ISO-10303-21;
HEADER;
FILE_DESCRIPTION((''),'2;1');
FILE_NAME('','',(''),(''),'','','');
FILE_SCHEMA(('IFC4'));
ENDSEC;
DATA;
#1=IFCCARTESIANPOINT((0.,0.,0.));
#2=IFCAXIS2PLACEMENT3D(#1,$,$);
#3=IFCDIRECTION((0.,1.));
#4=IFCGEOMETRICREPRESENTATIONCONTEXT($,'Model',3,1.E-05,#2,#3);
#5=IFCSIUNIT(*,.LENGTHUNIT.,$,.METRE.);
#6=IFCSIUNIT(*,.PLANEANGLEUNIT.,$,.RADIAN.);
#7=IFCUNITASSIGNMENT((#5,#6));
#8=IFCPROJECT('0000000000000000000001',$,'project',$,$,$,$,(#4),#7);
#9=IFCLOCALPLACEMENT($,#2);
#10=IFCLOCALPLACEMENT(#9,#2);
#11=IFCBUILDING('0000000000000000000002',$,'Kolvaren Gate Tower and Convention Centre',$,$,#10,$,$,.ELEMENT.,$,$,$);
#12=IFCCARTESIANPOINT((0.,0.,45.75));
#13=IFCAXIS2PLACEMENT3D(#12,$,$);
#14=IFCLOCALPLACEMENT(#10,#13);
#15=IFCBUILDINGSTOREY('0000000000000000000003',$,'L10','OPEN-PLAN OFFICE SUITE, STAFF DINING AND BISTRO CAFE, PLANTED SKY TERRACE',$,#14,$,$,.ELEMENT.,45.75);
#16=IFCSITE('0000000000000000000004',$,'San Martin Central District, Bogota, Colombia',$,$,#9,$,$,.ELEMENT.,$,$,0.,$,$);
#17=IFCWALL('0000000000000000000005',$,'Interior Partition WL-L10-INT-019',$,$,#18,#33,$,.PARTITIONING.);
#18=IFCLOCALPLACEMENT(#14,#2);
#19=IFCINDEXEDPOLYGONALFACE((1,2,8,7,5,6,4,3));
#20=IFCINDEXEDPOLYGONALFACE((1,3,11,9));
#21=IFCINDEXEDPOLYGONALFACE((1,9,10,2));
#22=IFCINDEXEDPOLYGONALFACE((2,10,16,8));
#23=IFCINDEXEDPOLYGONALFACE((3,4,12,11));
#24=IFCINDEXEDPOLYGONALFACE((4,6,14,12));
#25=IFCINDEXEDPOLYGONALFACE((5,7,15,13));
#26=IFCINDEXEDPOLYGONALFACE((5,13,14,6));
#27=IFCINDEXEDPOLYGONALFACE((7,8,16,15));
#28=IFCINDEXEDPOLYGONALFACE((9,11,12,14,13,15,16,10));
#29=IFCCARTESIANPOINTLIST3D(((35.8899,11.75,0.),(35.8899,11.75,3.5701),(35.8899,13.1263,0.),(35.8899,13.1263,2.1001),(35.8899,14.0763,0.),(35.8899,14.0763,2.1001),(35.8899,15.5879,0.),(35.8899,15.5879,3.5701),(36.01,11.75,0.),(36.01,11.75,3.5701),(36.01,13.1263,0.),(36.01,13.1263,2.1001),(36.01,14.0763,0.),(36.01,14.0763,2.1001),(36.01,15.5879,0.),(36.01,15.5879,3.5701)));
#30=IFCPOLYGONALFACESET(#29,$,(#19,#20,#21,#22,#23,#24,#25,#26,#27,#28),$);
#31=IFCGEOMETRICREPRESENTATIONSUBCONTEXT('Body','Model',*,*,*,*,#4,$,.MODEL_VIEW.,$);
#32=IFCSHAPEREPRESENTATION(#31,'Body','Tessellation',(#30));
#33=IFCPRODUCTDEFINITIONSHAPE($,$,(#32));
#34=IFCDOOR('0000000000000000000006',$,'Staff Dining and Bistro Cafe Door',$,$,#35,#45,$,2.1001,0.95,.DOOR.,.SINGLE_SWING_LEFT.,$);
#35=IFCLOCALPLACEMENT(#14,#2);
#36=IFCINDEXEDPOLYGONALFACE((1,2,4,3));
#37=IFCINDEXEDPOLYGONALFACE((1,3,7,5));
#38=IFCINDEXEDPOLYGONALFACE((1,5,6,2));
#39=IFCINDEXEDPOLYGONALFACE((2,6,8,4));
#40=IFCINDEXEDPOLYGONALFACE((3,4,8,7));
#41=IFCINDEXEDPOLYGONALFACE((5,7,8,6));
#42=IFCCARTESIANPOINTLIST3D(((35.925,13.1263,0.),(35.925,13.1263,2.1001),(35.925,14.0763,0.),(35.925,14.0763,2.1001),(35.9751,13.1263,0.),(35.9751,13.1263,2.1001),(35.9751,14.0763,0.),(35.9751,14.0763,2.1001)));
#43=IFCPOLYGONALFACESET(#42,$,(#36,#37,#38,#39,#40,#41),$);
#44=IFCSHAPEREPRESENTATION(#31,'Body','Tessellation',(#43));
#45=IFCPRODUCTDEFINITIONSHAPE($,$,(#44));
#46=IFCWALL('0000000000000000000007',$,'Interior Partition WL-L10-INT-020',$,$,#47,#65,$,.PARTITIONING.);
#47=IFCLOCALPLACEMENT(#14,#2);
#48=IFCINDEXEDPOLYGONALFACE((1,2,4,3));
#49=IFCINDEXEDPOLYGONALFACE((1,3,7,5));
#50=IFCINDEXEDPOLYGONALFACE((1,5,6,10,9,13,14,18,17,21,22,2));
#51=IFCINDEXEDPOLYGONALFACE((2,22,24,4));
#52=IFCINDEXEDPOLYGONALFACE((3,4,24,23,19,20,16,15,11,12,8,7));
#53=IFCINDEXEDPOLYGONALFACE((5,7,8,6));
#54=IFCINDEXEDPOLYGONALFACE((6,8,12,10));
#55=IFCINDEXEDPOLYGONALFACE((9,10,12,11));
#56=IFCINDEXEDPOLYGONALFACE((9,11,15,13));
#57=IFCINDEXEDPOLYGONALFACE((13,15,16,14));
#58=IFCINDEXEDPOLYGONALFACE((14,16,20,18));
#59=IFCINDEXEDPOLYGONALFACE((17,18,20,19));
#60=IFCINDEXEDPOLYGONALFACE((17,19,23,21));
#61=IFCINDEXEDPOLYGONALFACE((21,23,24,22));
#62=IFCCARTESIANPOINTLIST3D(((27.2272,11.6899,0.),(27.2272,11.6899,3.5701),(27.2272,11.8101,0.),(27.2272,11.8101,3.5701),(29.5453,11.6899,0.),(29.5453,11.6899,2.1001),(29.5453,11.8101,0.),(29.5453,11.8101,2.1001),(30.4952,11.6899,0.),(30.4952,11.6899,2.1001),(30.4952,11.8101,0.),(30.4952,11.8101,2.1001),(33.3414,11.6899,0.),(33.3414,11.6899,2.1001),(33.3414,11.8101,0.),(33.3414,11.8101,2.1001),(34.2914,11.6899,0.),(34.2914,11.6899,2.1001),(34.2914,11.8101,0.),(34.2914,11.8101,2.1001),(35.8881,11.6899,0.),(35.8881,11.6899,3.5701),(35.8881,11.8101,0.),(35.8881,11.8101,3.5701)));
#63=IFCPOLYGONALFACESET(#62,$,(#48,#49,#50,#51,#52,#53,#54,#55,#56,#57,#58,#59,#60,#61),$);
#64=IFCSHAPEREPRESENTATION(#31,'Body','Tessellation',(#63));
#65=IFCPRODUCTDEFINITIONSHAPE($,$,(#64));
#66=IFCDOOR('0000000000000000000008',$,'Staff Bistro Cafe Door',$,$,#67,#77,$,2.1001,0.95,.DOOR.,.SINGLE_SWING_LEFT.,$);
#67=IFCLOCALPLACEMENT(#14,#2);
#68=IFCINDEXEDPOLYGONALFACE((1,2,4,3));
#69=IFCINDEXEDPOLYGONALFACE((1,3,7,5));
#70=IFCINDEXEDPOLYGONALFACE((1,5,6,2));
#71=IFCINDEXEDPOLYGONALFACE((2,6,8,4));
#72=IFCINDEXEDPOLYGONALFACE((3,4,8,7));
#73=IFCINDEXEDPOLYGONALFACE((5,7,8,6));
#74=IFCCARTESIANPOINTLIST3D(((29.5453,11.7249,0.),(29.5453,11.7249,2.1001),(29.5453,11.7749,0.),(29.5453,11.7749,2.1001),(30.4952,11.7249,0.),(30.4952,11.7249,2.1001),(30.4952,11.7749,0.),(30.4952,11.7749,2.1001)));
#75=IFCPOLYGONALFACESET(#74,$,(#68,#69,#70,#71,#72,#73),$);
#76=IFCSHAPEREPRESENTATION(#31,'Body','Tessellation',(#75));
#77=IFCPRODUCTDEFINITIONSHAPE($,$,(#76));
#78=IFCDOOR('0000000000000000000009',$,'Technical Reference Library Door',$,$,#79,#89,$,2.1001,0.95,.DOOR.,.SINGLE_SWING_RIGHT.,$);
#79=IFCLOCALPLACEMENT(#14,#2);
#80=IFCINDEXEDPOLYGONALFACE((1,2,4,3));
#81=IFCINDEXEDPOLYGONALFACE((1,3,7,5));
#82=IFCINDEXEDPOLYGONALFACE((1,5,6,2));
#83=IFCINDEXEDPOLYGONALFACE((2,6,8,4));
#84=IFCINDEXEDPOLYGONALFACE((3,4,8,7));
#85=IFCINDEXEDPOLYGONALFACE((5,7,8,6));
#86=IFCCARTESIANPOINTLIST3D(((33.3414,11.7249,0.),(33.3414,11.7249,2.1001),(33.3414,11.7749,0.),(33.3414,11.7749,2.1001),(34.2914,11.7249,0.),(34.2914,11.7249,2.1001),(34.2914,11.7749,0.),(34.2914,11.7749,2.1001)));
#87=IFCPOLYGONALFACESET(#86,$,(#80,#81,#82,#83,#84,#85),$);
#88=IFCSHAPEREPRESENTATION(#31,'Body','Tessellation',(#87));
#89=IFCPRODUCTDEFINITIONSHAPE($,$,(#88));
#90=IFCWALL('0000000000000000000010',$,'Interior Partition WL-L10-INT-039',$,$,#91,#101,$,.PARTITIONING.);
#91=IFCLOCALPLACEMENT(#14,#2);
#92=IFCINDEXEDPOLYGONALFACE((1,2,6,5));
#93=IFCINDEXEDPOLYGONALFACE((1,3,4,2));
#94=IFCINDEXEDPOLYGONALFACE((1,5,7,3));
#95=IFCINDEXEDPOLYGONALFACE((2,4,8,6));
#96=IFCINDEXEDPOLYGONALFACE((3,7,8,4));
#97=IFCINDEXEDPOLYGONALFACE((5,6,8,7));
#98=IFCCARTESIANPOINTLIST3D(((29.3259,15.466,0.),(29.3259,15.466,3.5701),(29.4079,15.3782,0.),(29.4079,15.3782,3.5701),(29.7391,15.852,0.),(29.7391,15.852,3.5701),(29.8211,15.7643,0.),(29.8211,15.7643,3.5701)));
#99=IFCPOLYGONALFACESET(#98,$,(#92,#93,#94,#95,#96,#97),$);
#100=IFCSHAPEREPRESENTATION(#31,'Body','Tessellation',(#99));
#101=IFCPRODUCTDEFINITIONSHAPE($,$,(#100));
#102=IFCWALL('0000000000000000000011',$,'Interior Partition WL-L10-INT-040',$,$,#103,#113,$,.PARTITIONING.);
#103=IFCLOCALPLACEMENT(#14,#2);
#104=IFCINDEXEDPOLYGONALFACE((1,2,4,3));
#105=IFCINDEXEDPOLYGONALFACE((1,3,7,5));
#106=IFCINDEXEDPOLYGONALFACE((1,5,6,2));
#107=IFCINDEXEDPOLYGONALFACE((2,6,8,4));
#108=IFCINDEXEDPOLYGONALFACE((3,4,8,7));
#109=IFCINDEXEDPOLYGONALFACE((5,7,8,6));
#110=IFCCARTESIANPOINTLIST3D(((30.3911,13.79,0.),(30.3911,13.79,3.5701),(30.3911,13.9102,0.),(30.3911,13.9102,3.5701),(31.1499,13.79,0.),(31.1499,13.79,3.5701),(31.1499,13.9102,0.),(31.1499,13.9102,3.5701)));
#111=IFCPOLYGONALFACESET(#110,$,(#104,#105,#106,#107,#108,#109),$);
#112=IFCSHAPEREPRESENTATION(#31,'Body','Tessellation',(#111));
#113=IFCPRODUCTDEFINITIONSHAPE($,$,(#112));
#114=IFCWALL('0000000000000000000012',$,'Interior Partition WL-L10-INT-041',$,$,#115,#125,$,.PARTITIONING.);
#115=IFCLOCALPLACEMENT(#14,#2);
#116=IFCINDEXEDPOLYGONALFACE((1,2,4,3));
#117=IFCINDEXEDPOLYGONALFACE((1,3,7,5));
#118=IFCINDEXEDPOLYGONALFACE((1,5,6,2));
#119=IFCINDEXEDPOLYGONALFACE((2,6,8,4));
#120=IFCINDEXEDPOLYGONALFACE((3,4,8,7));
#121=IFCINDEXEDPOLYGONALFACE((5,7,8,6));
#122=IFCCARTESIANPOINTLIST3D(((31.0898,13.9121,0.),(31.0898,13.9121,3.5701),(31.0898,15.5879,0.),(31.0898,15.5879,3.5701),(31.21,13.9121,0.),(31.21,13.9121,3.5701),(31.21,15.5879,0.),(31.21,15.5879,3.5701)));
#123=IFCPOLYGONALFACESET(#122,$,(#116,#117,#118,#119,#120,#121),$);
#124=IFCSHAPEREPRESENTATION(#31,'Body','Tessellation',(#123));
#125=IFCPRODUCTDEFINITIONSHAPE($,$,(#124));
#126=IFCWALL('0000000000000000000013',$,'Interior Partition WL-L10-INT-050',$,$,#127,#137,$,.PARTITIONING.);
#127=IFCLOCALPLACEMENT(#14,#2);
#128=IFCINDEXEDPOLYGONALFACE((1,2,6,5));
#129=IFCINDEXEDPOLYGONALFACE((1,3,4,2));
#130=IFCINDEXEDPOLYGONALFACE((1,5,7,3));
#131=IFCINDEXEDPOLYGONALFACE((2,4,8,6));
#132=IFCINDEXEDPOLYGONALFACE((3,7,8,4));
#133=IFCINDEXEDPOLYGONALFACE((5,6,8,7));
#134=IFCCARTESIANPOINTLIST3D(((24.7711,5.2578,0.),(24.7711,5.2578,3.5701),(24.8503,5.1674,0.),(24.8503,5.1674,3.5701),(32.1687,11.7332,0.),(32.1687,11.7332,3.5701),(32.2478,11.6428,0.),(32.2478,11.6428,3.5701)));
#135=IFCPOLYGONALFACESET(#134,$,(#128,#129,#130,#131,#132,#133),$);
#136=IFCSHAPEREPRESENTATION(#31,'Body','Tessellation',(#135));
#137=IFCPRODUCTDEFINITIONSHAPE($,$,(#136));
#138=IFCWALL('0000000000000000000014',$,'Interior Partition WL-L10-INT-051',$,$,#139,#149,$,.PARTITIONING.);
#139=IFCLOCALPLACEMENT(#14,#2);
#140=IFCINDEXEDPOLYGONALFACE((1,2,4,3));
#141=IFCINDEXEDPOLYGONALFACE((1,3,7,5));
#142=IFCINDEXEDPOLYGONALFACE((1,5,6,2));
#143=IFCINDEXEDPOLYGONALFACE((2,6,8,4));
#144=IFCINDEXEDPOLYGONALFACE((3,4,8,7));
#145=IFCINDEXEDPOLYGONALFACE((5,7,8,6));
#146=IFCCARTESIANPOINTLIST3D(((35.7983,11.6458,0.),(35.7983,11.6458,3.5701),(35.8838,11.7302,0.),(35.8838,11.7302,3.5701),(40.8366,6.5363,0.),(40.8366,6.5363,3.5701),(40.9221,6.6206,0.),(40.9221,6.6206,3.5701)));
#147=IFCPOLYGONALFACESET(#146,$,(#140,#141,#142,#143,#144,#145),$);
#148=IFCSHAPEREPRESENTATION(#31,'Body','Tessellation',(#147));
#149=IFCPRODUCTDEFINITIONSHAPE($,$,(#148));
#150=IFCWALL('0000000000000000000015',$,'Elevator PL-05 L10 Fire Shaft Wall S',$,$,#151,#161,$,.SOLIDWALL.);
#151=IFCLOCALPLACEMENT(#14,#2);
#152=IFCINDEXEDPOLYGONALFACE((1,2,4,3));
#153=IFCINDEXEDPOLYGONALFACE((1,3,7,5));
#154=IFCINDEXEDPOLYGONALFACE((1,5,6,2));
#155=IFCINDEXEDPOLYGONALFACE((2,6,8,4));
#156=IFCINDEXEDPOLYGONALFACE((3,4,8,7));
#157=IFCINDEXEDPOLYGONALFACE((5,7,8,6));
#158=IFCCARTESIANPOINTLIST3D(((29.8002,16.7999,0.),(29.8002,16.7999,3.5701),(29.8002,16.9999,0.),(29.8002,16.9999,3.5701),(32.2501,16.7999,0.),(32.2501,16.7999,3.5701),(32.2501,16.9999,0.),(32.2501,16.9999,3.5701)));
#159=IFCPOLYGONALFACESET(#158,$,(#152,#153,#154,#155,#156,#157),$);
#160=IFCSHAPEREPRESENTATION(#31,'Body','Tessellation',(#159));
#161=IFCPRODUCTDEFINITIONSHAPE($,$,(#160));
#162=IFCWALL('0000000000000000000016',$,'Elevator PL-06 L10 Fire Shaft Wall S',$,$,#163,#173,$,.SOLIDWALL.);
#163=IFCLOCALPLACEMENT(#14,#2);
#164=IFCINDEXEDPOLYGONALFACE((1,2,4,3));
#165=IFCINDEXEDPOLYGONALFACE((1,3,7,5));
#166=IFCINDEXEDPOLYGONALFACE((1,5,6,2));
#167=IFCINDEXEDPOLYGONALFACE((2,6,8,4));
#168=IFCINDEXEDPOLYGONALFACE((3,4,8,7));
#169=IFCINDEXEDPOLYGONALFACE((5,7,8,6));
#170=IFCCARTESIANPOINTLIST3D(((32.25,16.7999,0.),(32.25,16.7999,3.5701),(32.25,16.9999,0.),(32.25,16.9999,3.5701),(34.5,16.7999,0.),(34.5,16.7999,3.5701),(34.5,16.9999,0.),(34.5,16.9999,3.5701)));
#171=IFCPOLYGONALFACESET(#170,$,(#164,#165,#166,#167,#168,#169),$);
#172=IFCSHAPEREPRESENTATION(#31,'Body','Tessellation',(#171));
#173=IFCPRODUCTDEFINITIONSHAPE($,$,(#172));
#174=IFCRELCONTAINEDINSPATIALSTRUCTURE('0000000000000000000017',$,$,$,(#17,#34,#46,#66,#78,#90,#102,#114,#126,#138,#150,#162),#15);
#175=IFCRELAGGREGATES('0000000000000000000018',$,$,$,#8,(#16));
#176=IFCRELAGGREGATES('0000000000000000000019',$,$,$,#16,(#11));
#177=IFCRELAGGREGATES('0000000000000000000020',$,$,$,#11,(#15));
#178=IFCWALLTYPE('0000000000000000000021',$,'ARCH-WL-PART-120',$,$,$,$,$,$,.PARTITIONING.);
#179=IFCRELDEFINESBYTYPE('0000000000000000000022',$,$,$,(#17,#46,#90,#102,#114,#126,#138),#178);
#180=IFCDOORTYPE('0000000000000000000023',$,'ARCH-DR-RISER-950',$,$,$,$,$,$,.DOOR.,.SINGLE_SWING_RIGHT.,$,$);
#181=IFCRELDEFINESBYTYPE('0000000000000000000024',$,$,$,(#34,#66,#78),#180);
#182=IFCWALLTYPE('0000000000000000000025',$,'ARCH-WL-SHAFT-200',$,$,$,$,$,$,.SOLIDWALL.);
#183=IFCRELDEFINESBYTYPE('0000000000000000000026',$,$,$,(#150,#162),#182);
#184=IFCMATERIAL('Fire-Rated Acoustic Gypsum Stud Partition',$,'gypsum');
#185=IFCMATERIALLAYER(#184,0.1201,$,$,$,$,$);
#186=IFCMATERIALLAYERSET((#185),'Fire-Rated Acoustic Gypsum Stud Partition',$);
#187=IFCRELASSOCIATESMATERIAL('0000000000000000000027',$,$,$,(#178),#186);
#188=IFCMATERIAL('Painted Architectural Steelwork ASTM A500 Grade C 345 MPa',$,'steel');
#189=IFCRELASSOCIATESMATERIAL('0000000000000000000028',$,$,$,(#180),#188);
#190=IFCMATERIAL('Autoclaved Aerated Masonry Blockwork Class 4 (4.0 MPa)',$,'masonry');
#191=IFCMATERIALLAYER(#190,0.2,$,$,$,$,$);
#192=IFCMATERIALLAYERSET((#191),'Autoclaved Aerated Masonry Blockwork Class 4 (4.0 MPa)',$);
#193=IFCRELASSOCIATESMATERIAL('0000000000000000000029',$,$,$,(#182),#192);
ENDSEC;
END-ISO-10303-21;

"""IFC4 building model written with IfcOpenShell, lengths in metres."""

from ifc_helpers import new_model, si_unit, direction, frame, frame_2d, origin, place, context, subcontext, project, spatial, rectangle, extrude, material, layer, layer_set, type_object, element, fill, save


model = new_model("IFC4")

# Units and contexts
model_context = context("Model", 3, precision=1e-05, world=origin(), true_north=direction((0.0, 1.0)))
body_context = subcontext(model_context, "Body", "Model", "MODEL_VIEW")
ifc_project = project(units=[si_unit("LENGTHUNIT", "METRE"), si_unit("PLANEANGLEUNIT", "RADIAN")], contexts=[model_context])

# Site, building, storey
site_placement = place(None, origin())
site = spatial("IfcSite", under=ifc_project, at=site_placement, Name="San Martin Central District, Bogota, Colombia", CompositionType="ELEMENT", RefElevation=0.0)
building_placement = place(site_placement, origin())
building = spatial("IfcBuilding", under=site, at=building_placement, Name="Kolvaren Gate Tower and Convention Centre", CompositionType="ELEMENT")
storey_placement = place(building_placement, frame((0.0, 0.0, 45.75)))
storey = spatial("IfcBuildingStorey", under=building, at=storey_placement, Name="L10", Description="OPEN-PLAN OFFICE SUITE, STAFF DINING AND BISTRO CAFE, PLANTED SKY TERRACE", CompositionType="ELEMENT", Elevation=45.75)

# Shared definitions
ifc_material_1 = material(Name="Fire-Rated Acoustic Gypsum Stud Partition", Category="gypsum")
ifc_layer_1 = layer(ifc_material_1, 0.1201)
ifc_layer_set_1 = layer_set([ifc_layer_1], Name="Fire-Rated Acoustic Gypsum Stud Partition")
wall_type_1 = type_object("IfcWallType", Name="ARCH-WL-PART-120", PredefinedType="PARTITIONING", material=ifc_layer_set_1)

# Wall, opening, door
wall_1_placement = place(storey_placement, frame((35.95, 11.75, 0.0), z_axis=(0.0, 0.0, 1.0), x_axis=(0.0, 1.0, 0.0)))
wall_1 = element("IfcWall", 1, at=wall_1_placement, inside=storey, type_object=wall_type_1, Name="Interior Partition WL-L10-INT-019", PredefinedType="PARTITIONING", context=body_context, shape_type="SweptSolid", body=[
    extrude(rectangle(XDim=3.8379, YDim=0.1201, at=frame_2d((1.9189, 0.0))), origin(), (0.0, 0.0, 1.0), 3.5701),
])
opening_1_placement = place(wall_1_placement, frame((1.3762, 0.0, 0.0)))
opening_1 = element("IfcOpeningElement", 2, at=opening_1_placement, cuts=wall_1, PredefinedType="OPENING", context=body_context, shape_type="SweptSolid", body=[
    extrude(rectangle(XDim=0.95, YDim=2.1001, at=frame_2d((0.4751, 1.05))), frame((0.0, 0.0701, 0.0), z_axis=(0.0, -1.0, 0.0), x_axis=(1.0, 0.0, 0.0)), (0.0, 0.0, 1.0), 0.1401),
])
ifc_material_2 = material(Name="Painted Architectural Steelwork ASTM A500 Grade C 345 MPa", Category="steel")
door_type = type_object("IfcDoorType", Name="ARCH-DR-RISER-950", OperationType="SINGLE_SWING_RIGHT", PredefinedType="DOOR", material=ifc_material_2)
door_1_placement = place(opening_1_placement, origin())
door_1 = element("IfcDoor", 3, at=door_1_placement, inside=storey, type_object=door_type, Name="Staff Dining and Bistro Cafe Door", OperationType="SINGLE_SWING_LEFT", OverallHeight=2.1001, OverallWidth=0.95, PredefinedType="DOOR", context=body_context, shape_type="SweptSolid", body=[
    extrude(rectangle(XDim=0.95, YDim=2.1001, at=frame_2d((0.4751, 1.05))), frame((0.0, 0.0249, 0.0), z_axis=(0.0, -1.0, 0.0), x_axis=(1.0, 0.0, 0.0)), (0.0, 0.0, 1.0), 0.05),
])
fill(opening_1, door_1)

# Wall, openings, doors
wall_2_placement = place(storey_placement, frame((27.2271, 11.75, 0.0), z_axis=(0.0, 0.0, 1.0), x_axis=(1.0, 0.0, 0.0)))
wall_2 = element("IfcWall", 4, at=wall_2_placement, inside=storey, type_object=wall_type_1, Name="Interior Partition WL-L10-INT-020", PredefinedType="PARTITIONING", context=body_context, shape_type="SweptSolid", body=[
    extrude(rectangle(XDim=8.6609, YDim=0.1201, at=frame_2d((4.3306, 0.0))), origin(), (0.0, 0.0, 1.0), 3.5701),
])
opening_2_placement = place(wall_2_placement, frame((2.3181, 0.0, 0.0)))
opening_2 = element("IfcOpeningElement", 5, at=opening_2_placement, cuts=wall_2, PredefinedType="OPENING", context=body_context, shape_type="SweptSolid", body=[
    extrude(rectangle(XDim=0.95, YDim=2.1001, at=frame_2d((0.4751, 1.05))), frame((0.0, 0.0701, 0.0), z_axis=(0.0, -1.0, 0.0), x_axis=(1.0, 0.0, 0.0)), (0.0, 0.0, 1.0), 0.1401),
])
opening_3_placement = place(wall_2_placement, frame((6.1143, 0.0, 0.0)))
opening_3 = element("IfcOpeningElement", 6, at=opening_3_placement, cuts=wall_2, PredefinedType="OPENING", context=body_context, shape_type="SweptSolid", body=[
    extrude(rectangle(XDim=0.95, YDim=2.1001, at=frame_2d((0.4751, 1.05))), frame((0.0, 0.0701, 0.0), z_axis=(0.0, -1.0, 0.0), x_axis=(1.0, 0.0, 0.0)), (0.0, 0.0, 1.0), 0.1401),
])
door_2_placement = place(opening_2_placement, origin())
door_2 = element("IfcDoor", 7, at=door_2_placement, inside=storey, type_object=door_type, Name="Staff Bistro Cafe Door", OperationType="SINGLE_SWING_LEFT", OverallHeight=2.1001, OverallWidth=0.95, PredefinedType="DOOR", context=body_context, shape_type="SweptSolid", body=[
    extrude(rectangle(XDim=0.95, YDim=2.1001, at=frame_2d((0.4751, 1.05))), frame((0.0, 0.0249, 0.0), z_axis=(0.0, -1.0, 0.0), x_axis=(1.0, 0.0, 0.0)), (0.0, 0.0, 1.0), 0.05),
])
fill(opening_2, door_2)
door_3_placement = place(opening_3_placement, origin())
door_3 = element("IfcDoor", 8, at=door_3_placement, inside=storey, type_object=door_type, Name="Technical Reference Library Door", OperationType="SINGLE_SWING_RIGHT", OverallHeight=2.1001, OverallWidth=0.95, PredefinedType="DOOR", context=body_context, shape_type="SweptSolid", body=[
    extrude(rectangle(XDim=0.95, YDim=2.1001, at=frame_2d((0.4751, 1.05))), frame((0.0, 0.0249, 0.0), z_axis=(0.0, -1.0, 0.0), x_axis=(1.0, 0.0, 0.0)), (0.0, 0.0, 1.0), 0.05),
])
fill(opening_3, door_3)

# Walls
wall_3_placement = place(storey_placement, frame((29.3669, 15.4221, 0.0), z_axis=(0.0, 0.0, 1.0), x_axis=(0.730667, 0.682734, 0.0)))
element("IfcWall", 9, at=wall_3_placement, inside=storey, type_object=wall_type_1, Name="Interior Partition WL-L10-INT-039", PredefinedType="PARTITIONING", context=body_context, shape_type="SweptSolid", body=[
    extrude(rectangle(XDim=0.5654, YDim=0.1201, at=frame_2d((0.2827, 0.0))), origin(), (0.0, 0.0, 1.0), 3.5701),
])
wall_4_placement = place(storey_placement, frame((30.3911, 13.8501, 0.0), z_axis=(0.0, 0.0, 1.0), x_axis=(1.0, 0.0, 0.0)))
element("IfcWall", 10, at=wall_4_placement, inside=storey, type_object=wall_type_1, Name="Interior Partition WL-L10-INT-040", PredefinedType="PARTITIONING", context=body_context, shape_type="SweptSolid", body=[
    extrude(rectangle(XDim=0.7588, YDim=0.1201, at=frame_2d((0.3794, 0.0))), origin(), (0.0, 0.0, 1.0), 3.5701),
])
wall_5_placement = place(storey_placement, frame((31.1499, 13.9121, 0.0), z_axis=(0.0, 0.0, 1.0), x_axis=(0.0, 1.0, 0.0)))
element("IfcWall", 11, at=wall_5_placement, inside=storey, type_object=wall_type_1, Name="Interior Partition WL-L10-INT-041", PredefinedType="PARTITIONING", context=body_context, shape_type="SweptSolid", body=[
    extrude(rectangle(XDim=1.6758, YDim=0.1201, at=frame_2d((0.8379, 0.0))), origin(), (0.0, 0.0, 1.0), 3.5701),
])
wall_6_placement = place(storey_placement, frame((24.8108, 5.2126, 0.0), z_axis=(0.0, 0.0, 1.0), x_axis=(0.752447, 0.658652, 0.0)))
element("IfcWall", 12, at=wall_6_placement, inside=storey, type_object=wall_type_1, Name="Interior Partition WL-L10-INT-050", PredefinedType="PARTITIONING", context=body_context, shape_type="SweptSolid", body=[
    extrude(rectangle(XDim=9.8313, YDim=0.1201, at=frame_2d((4.9155, 0.0))), origin(), (0.0, 0.0, 1.0), 3.5701),
])
wall_7_placement = place(storey_placement, frame((35.8411, 11.688, 0.0), z_axis=(0.0, 0.0, 1.0), x_axis=(0.702122, -0.712057, 0.0)))
element("IfcWall", 13, at=wall_7_placement, inside=storey, type_object=wall_type_1, Name="Interior Partition WL-L10-INT-051", PredefinedType="PARTITIONING", context=body_context, shape_type="SweptSolid", body=[
    extrude(rectangle(XDim=7.1758, YDim=0.1201, at=frame_2d((3.5879, 0.0))), origin(), (0.0, 0.0, 1.0), 3.5701),
])
ifc_material_3 = material(Name="Autoclaved Aerated Masonry Blockwork Class 4 (4.0 MPa)", Category="masonry")
ifc_layer_2 = layer(ifc_material_3, 0.2)
ifc_layer_set_2 = layer_set([ifc_layer_2], Name="Autoclaved Aerated Masonry Blockwork Class 4 (4.0 MPa)")
wall_type_2 = type_object("IfcWallType", Name="ARCH-WL-SHAFT-200", PredefinedType="SOLIDWALL", material=ifc_layer_set_2)
wall_8_placement = place(storey_placement, frame((29.8, 16.8999, 0.0), z_axis=(0.0, 0.0, 1.0), x_axis=(1.0, 0.0, 0.0)))
element("IfcWall", 14, at=wall_8_placement, inside=storey, type_object=wall_type_2, Name="Elevator PL-05 L10 Fire Shaft Wall S", PredefinedType="SOLIDWALL", context=body_context, shape_type="SweptSolid", body=[
    extrude(rectangle(XDim=2.45, YDim=0.2, at=frame_2d((1.2251, 0.0))), origin(), (0.0, 0.0, 1.0), 3.5701),
])
wall_9_placement = place(storey_placement, frame((32.25, 16.8999, 0.0), z_axis=(0.0, 0.0, 1.0), x_axis=(1.0, 0.0, 0.0)))
element("IfcWall", 15, at=wall_9_placement, inside=storey, type_object=wall_type_2, Name="Elevator PL-06 L10 Fire Shaft Wall S", PredefinedType="SOLIDWALL", context=body_context, shape_type="SweptSolid", body=[
    extrude(rectangle(XDim=2.25, YDim=0.2, at=frame_2d((1.125, 0.0))), origin(), (0.0, 0.0, 1.0), 3.5701),
])

save(model, "model.ifc")
